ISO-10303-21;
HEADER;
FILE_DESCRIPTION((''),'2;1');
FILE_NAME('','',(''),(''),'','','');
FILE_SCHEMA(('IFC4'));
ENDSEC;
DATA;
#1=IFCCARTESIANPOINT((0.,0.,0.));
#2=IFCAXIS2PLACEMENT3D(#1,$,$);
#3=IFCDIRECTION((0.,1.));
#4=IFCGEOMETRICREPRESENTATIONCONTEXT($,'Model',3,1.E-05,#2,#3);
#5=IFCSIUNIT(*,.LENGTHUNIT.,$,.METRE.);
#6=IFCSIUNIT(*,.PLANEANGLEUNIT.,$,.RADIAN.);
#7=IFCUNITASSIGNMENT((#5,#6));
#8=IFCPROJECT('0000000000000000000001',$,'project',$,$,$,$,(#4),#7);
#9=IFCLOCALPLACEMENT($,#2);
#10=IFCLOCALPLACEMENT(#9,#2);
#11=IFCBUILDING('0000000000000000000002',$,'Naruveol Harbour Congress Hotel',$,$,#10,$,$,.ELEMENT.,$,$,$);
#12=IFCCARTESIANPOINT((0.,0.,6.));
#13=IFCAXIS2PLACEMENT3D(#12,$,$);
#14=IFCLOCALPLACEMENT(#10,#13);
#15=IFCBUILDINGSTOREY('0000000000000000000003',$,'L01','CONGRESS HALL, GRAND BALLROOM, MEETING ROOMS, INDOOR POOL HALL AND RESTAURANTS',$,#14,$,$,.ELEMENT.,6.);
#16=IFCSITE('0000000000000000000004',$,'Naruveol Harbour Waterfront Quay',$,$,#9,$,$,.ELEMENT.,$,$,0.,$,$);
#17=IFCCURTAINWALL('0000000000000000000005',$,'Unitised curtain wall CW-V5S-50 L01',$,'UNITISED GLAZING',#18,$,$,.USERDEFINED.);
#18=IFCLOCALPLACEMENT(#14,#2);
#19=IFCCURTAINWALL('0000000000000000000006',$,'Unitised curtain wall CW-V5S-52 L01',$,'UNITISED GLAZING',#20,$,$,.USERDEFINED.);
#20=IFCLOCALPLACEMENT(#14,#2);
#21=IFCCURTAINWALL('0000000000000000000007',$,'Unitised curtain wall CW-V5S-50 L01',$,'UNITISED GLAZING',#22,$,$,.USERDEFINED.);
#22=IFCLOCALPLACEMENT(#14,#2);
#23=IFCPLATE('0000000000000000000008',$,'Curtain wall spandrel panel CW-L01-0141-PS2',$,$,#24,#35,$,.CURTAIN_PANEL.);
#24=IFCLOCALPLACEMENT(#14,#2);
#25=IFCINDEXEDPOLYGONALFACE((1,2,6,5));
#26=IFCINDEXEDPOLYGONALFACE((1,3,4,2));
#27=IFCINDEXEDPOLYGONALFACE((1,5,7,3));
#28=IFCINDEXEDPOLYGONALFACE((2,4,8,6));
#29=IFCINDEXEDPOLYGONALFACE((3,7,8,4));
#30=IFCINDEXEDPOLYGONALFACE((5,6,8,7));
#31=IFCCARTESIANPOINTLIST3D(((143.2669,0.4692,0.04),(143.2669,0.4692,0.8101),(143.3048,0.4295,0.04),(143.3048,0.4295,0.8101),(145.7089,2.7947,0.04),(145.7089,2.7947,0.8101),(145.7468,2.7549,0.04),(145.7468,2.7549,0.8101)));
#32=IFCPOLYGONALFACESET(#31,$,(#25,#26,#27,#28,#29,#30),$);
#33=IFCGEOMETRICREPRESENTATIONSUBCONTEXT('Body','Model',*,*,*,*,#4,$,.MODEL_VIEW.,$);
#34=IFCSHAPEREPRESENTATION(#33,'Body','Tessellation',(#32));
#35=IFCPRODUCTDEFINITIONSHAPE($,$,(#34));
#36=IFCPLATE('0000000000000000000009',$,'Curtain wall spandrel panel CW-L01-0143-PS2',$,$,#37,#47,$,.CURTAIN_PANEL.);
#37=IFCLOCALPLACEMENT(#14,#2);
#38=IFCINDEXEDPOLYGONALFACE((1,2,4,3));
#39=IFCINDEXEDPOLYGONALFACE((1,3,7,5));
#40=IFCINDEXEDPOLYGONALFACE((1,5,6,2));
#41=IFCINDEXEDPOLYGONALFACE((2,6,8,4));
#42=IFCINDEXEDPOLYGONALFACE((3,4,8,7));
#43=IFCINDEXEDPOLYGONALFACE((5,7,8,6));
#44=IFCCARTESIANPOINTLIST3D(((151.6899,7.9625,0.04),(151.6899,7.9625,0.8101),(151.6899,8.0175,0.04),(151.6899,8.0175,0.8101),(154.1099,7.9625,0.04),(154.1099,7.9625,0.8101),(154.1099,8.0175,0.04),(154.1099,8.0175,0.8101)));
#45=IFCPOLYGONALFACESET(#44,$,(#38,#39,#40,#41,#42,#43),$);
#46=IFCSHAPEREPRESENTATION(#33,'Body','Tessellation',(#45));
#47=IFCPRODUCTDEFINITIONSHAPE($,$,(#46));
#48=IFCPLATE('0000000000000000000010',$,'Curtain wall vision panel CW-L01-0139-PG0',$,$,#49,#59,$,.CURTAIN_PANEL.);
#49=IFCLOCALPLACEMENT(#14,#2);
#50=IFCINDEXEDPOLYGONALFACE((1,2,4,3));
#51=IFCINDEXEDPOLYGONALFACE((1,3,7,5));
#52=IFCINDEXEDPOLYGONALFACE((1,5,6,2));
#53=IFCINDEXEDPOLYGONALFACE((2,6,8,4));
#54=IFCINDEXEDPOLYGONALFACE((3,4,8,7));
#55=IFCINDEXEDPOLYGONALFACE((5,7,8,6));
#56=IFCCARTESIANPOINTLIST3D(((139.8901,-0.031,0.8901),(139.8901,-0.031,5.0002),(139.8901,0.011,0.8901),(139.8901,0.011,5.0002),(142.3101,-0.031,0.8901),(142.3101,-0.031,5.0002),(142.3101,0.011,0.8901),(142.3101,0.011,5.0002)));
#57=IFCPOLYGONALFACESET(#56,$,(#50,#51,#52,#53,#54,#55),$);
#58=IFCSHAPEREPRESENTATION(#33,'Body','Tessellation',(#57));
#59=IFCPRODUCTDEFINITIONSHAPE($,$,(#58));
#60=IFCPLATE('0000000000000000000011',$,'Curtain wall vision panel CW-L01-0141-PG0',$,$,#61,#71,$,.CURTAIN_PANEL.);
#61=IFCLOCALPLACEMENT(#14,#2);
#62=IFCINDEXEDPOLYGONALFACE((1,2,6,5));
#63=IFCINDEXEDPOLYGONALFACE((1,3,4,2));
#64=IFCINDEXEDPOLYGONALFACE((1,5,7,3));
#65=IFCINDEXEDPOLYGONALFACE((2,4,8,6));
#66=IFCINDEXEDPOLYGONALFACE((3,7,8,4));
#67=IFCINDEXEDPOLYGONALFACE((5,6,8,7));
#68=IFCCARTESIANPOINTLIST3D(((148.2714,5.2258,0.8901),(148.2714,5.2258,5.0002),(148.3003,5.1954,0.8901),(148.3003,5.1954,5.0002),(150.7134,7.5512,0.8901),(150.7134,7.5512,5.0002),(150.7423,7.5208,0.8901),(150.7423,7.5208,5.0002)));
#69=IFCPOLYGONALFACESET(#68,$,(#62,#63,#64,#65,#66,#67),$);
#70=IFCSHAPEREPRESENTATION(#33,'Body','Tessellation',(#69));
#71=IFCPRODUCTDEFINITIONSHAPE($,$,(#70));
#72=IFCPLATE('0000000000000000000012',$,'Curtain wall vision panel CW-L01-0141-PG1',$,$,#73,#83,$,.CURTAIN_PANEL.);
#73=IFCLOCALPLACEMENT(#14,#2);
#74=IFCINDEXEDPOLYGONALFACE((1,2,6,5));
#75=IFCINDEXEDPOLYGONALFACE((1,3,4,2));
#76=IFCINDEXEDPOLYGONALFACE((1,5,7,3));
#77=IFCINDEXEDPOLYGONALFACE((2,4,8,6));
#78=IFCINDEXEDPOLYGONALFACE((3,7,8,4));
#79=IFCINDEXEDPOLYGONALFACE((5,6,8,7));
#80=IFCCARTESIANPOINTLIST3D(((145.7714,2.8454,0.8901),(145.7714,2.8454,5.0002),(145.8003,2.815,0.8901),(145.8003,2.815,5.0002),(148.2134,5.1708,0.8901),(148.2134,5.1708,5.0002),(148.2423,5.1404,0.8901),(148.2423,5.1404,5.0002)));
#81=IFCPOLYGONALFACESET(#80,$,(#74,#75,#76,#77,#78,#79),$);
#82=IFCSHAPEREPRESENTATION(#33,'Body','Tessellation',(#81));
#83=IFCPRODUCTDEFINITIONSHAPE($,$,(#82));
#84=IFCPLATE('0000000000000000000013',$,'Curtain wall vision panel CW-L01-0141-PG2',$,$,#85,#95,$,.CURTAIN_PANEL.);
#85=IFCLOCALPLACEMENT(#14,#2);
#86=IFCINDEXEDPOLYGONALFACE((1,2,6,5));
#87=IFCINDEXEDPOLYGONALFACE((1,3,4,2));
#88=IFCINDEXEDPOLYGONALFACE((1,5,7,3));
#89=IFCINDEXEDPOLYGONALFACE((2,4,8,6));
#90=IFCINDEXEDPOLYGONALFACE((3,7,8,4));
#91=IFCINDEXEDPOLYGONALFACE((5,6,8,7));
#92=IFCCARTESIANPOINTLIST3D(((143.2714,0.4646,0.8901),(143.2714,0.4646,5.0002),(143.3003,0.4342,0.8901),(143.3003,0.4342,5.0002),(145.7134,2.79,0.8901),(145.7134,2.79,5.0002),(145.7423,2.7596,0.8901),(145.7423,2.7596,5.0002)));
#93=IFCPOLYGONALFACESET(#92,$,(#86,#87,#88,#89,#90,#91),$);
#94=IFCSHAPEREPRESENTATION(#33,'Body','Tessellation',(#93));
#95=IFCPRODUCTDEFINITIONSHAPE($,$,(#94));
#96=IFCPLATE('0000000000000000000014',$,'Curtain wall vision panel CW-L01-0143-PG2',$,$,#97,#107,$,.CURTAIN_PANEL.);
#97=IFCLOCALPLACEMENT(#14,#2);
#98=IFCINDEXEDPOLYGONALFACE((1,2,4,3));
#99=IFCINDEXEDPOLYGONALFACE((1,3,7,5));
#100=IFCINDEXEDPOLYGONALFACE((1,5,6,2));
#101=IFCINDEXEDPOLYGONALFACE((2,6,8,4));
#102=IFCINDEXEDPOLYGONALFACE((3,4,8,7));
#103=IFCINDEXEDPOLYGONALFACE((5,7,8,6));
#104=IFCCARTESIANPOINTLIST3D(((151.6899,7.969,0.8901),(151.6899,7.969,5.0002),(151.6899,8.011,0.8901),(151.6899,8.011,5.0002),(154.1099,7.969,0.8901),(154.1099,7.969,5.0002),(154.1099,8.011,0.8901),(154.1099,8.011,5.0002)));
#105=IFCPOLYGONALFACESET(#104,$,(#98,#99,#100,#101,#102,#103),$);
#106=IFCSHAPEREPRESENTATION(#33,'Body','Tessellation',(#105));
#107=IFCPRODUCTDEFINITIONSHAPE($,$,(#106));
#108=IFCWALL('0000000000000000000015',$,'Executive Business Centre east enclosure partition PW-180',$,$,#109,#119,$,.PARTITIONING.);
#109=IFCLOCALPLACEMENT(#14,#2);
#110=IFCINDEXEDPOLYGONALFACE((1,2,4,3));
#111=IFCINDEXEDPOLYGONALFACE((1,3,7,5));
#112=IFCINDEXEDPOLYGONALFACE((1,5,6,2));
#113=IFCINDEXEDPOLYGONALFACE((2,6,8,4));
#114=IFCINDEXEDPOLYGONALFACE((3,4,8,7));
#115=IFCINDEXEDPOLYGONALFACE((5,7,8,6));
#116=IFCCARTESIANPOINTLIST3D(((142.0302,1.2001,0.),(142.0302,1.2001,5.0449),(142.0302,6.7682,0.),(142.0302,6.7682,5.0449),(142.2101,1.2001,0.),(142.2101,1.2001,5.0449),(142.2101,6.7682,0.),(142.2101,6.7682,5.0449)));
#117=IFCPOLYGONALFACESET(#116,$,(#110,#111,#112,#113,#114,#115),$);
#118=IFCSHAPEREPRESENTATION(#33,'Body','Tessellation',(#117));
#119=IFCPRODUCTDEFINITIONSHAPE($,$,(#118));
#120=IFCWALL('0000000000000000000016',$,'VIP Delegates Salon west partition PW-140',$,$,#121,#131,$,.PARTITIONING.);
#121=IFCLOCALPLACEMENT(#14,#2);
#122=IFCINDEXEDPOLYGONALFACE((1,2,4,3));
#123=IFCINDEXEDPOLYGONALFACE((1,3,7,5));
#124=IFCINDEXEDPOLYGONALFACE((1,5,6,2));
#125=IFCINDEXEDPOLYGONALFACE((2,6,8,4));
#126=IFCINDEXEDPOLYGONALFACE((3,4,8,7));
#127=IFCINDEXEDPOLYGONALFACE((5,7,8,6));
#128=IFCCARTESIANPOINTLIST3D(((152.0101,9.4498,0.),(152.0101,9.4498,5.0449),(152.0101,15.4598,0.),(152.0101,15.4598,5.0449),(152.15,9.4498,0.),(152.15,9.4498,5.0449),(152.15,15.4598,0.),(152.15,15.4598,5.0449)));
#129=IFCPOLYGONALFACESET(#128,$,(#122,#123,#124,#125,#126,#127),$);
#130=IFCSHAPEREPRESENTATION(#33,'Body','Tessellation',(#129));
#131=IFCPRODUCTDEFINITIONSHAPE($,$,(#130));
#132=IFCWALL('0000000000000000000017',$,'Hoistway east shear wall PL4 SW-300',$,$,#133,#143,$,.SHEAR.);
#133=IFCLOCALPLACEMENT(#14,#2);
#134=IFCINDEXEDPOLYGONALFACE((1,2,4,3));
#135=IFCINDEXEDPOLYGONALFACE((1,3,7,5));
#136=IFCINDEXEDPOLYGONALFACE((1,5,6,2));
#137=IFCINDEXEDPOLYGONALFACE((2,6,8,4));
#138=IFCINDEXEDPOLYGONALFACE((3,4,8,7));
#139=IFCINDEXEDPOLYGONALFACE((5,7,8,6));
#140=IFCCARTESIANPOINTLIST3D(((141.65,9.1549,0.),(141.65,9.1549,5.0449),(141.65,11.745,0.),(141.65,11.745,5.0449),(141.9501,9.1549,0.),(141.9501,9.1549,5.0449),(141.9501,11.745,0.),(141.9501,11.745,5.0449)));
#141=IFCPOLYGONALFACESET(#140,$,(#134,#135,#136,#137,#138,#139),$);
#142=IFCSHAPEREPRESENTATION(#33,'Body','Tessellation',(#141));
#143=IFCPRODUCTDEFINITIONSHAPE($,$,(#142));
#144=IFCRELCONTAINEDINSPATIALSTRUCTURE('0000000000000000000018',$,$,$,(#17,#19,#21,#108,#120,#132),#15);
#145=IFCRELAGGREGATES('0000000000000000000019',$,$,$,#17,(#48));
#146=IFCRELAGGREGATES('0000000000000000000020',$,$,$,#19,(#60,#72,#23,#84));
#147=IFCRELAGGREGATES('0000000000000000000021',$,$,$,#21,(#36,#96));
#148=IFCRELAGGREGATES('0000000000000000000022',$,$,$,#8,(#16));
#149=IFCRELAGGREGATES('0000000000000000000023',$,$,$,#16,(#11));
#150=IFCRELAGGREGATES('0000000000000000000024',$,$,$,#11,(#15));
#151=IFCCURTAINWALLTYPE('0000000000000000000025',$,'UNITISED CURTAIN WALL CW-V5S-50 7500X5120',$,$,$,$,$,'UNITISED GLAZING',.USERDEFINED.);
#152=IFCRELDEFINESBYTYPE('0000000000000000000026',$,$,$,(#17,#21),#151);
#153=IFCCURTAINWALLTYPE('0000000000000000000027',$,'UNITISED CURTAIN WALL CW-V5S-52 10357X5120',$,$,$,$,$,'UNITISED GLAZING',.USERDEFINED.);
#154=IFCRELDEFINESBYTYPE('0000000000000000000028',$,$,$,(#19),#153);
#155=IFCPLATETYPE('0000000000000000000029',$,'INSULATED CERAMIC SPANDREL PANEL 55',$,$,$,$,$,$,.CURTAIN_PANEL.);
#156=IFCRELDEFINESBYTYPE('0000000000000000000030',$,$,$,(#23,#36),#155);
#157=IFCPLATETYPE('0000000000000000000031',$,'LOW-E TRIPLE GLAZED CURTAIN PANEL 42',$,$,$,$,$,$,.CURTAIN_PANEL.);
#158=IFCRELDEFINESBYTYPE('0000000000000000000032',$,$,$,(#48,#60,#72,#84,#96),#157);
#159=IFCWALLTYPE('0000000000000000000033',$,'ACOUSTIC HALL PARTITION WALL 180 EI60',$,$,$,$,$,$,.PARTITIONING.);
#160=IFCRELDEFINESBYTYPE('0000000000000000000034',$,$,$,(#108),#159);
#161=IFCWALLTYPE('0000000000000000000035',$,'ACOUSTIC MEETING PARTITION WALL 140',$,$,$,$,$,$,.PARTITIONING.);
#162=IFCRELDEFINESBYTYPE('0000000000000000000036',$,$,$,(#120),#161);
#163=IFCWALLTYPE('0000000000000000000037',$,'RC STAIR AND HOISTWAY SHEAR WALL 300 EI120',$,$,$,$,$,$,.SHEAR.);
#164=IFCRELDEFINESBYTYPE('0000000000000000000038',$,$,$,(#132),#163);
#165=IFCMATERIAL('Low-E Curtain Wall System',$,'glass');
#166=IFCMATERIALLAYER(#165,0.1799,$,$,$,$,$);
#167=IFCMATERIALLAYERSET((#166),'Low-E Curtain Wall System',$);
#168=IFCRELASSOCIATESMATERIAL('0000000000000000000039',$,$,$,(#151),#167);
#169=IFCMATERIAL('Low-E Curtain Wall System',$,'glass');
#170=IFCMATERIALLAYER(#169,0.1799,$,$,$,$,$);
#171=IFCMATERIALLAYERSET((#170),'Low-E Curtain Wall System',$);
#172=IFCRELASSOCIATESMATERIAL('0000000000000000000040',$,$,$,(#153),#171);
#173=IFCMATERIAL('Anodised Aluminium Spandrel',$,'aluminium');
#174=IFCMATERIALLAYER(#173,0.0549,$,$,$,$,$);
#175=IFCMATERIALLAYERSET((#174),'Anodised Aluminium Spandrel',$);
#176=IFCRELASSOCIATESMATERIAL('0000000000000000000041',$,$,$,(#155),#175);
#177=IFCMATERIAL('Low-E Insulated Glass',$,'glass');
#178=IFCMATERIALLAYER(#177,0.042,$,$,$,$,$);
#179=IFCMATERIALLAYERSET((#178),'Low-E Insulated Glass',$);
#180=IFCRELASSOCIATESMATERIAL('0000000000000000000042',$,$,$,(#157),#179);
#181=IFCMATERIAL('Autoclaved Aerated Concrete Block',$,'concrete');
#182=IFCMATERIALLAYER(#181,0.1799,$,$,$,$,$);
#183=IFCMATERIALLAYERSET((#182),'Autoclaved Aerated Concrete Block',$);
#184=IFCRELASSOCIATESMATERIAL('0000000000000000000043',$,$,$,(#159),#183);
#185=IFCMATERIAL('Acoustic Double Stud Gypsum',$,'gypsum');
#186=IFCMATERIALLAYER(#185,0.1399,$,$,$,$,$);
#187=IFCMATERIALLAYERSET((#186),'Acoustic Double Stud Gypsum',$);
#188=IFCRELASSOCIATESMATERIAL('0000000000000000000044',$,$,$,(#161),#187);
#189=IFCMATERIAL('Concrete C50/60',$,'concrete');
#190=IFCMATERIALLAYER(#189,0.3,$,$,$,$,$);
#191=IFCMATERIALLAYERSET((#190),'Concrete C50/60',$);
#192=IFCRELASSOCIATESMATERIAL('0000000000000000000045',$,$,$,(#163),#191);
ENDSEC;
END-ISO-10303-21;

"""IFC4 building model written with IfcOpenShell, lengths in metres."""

from ifc_helpers import new_model, si_unit, direction, frame, frame_2d, origin, origin_2d, place, context, subcontext, project, spatial, rectangle, extrude, material, layer, layer_set, type_object, element, aggregate, save


model = new_model("IFC4")

# Units and contexts
model_context = context("Model", 3, precision=1e-05, world=origin(), true_north=direction((0.0, 1.0)))
body_context = subcontext(model_context, "Body", "Model", "MODEL_VIEW")
ifc_project = project(units=[si_unit("LENGTHUNIT", "METRE"), si_unit("PLANEANGLEUNIT", "RADIAN")], contexts=[model_context])

# Site, building, storey
site_placement = place(None, origin())
site = spatial("IfcSite", under=ifc_project, at=site_placement, Name="Naruveol Harbour Waterfront Quay", CompositionType="ELEMENT", RefElevation=0.0)
building_placement = place(site_placement, origin())
building = spatial("IfcBuilding", under=site, at=building_placement, Name="Naruveol Harbour Congress Hotel", CompositionType="ELEMENT")
storey_placement = place(building_placement, frame((0.0, 0.0, 6.0)))
storey = spatial("IfcBuildingStorey", under=building, at=storey_placement, Name="L01", Description="CONGRESS HALL, GRAND BALLROOM, MEETING ROOMS, INDOOR POOL HALL AND RESTAURANTS", CompositionType="ELEMENT", Elevation=6.0)

# Curtain wall
ifc_material_1 = material(Name="Low-E Curtain Wall System", Category="glass")
ifc_layer_1 = layer(ifc_material_1, 0.1799)
ifc_layer_set_1 = layer_set([ifc_layer_1], Name="Low-E Curtain Wall System")
curtain_wall_type_1 = type_object("IfcCurtainWallType", Name="UNITISED CURTAIN WALL CW-V5S-50 7500X5120", ElementType="UNITISED GLAZING", PredefinedType="USERDEFINED", material=ifc_layer_set_1)
curtain_wall_1_placement = place(storey_placement, origin())
curtain_wall_1 = element("IfcCurtainWall", 1, at=curtain_wall_1_placement, inside=storey, type_object=curtain_wall_type_1, Name="Unitised curtain wall CW-V5S-50 L01", ObjectType="UNITISED GLAZING", PredefinedType="USERDEFINED")

# Curtain wall
ifc_material_2 = material(Name="Low-E Curtain Wall System", Category="glass")
ifc_layer_2 = layer(ifc_material_2, 0.1799)
ifc_layer_set_2 = layer_set([ifc_layer_2], Name="Low-E Curtain Wall System")
curtain_wall_type_2 = type_object("IfcCurtainWallType", Name="UNITISED CURTAIN WALL CW-V5S-52 10357X5120", ElementType="UNITISED GLAZING", PredefinedType="USERDEFINED", material=ifc_layer_set_2)
curtain_wall_2_placement = place(storey_placement, origin())
curtain_wall_2 = element("IfcCurtainWall", 2, at=curtain_wall_2_placement, inside=storey, type_object=curtain_wall_type_2, Name="Unitised curtain wall CW-V5S-52 L01", ObjectType="UNITISED GLAZING", PredefinedType="USERDEFINED")

# Curtain wall
curtain_wall_3_placement = place(storey_placement, origin())
curtain_wall_3 = element("IfcCurtainWall", 3, at=curtain_wall_3_placement, inside=storey, type_object=curtain_wall_type_1, Name="Unitised curtain wall CW-V5S-50 L01", ObjectType="UNITISED GLAZING", PredefinedType="USERDEFINED")

# Plates
ifc_material_3 = material(Name="Anodised Aluminium Spandrel", Category="aluminium")
ifc_layer_3 = layer(ifc_material_3, 0.0549)
ifc_layer_set_3 = layer_set([ifc_layer_3], Name="Anodised Aluminium Spandrel")
plate_type_1 = type_object("IfcPlateType", Name="INSULATED CERAMIC SPANDREL PANEL 55", PredefinedType="CURTAIN_PANEL", material=ifc_layer_set_3)
plate_1_placement = place(storey_placement, frame((144.5068, 1.6121, 0.04), z_axis=(0.0, 0.0, 1.0), x_axis=(-0.724184, -0.689607, 0.0)))
plate_1 = element("IfcPlate", 4, at=plate_1_placement, type_object=plate_type_1, Name="Curtain wall spandrel panel CW-L01-0141-PS2", PredefinedType="CURTAIN_PANEL", context=body_context, shape_type="SweptSolid", body=[
    extrude(rectangle(XDim=3.3721, YDim=0.0549, at=origin_2d()), origin(), (0.0, 0.0, 1.0), 0.77),
])
plate_2_placement = place(storey_placement, frame((152.8999, 7.99, 0.04), z_axis=(0.0, 0.0, 1.0), x_axis=(-1.0, 0.0, 0.0)))
plate_2 = element("IfcPlate", 5, at=plate_2_placement, type_object=plate_type_1, Name="Curtain wall spandrel panel CW-L01-0143-PS2", PredefinedType="CURTAIN_PANEL", context=body_context, shape_type="SweptSolid", body=[
    extrude(rectangle(XDim=2.4199, YDim=0.0549, at=origin_2d()), origin(), (0.0, 0.0, 1.0), 0.77),
])
ifc_material_4 = material(Name="Low-E Insulated Glass", Category="glass")
ifc_layer_4 = layer(ifc_material_4, 0.042)
ifc_layer_set_4 = layer_set([ifc_layer_4], Name="Low-E Insulated Glass")
plate_type_2 = type_object("IfcPlateType", Name="LOW-E TRIPLE GLAZED CURTAIN PANEL 42", PredefinedType="CURTAIN_PANEL", material=ifc_layer_set_4)
plate_3_placement = place(storey_placement, frame((141.1001, -0.01, 0.8901), z_axis=(0.0, 0.0, 1.0), x_axis=(-1.0, 0.0, 0.0)))
plate_3 = element("IfcPlate", 6, at=plate_3_placement, type_object=plate_type_2, Name="Curtain wall vision panel CW-L01-0139-PG0", PredefinedType="CURTAIN_PANEL", context=body_context, shape_type="SweptSolid", body=[
    extrude(rectangle(XDim=2.4199, YDim=0.042, at=origin_2d()), origin(), (0.0, 0.0, 1.0), 4.1101),
])
aggregate(curtain_wall_1, [plate_3])
plate_4_placement = place(storey_placement, frame((149.5068, 6.3733, 0.8901), z_axis=(0.0, 0.0, 1.0), x_axis=(-0.724184, -0.689607, 0.0)))
plate_4 = element("IfcPlate", 7, at=plate_4_placement, type_object=plate_type_2, Name="Curtain wall vision panel CW-L01-0141-PG0", PredefinedType="CURTAIN_PANEL", context=body_context, shape_type="SweptSolid", body=[
    extrude(rectangle(XDim=3.3721, YDim=0.042, at=origin_2d()), origin(), (0.0, 0.0, 1.0), 4.1101),
])
plate_5_placement = place(storey_placement, frame((147.0068, 3.9929, 0.8901), z_axis=(0.0, 0.0, 1.0), x_axis=(-0.724184, -0.689607, 0.0)))
plate_5 = element("IfcPlate", 8, at=plate_5_placement, type_object=plate_type_2, Name="Curtain wall vision panel CW-L01-0141-PG1", PredefinedType="CURTAIN_PANEL", context=body_context, shape_type="SweptSolid", body=[
    extrude(rectangle(XDim=3.3721, YDim=0.042, at=origin_2d()), origin(), (0.0, 0.0, 1.0), 4.1101),
])
plate_6_placement = place(storey_placement, frame((144.5068, 1.6121, 0.8901), z_axis=(0.0, 0.0, 1.0), x_axis=(-0.724184, -0.689607, 0.0)))
plate_6 = element("IfcPlate", 9, at=plate_6_placement, type_object=plate_type_2, Name="Curtain wall vision panel CW-L01-0141-PG2", PredefinedType="CURTAIN_PANEL", context=body_context, shape_type="SweptSolid", body=[
    extrude(rectangle(XDim=3.3721, YDim=0.042, at=origin_2d()), origin(), (0.0, 0.0, 1.0), 4.1101),
])
aggregate(curtain_wall_2, [plate_4, plate_5, plate_1, plate_6])
plate_7_placement = place(storey_placement, frame((152.8999, 7.99, 0.8901), z_axis=(0.0, 0.0, 1.0), x_axis=(-1.0, 0.0, 0.0)))
plate_7 = element("IfcPlate", 10, at=plate_7_placement, type_object=plate_type_2, Name="Curtain wall vision panel CW-L01-0143-PG2", PredefinedType="CURTAIN_PANEL", context=body_context, shape_type="SweptSolid", body=[
    extrude(rectangle(XDim=2.4199, YDim=0.042, at=origin_2d()), origin(), (0.0, 0.0, 1.0), 4.1101),
])
aggregate(curtain_wall_3, [plate_2, plate_7])

# Walls
ifc_material_5 = material(Name="Autoclaved Aerated Concrete Block", Category="concrete")
ifc_layer_5 = layer(ifc_material_5, 0.1799)
ifc_layer_set_5 = layer_set([ifc_layer_5], Name="Autoclaved Aerated Concrete Block")
wall_type_1 = type_object("IfcWallType", Name="ACOUSTIC HALL PARTITION WALL 180 EI60", PredefinedType="PARTITIONING", material=ifc_layer_set_5)
wall_1_placement = place(storey_placement, frame((142.1201, 1.2, 0.0), z_axis=(0.0, 0.0, 1.0), x_axis=(0.0, 1.0, 0.0)))
element("IfcWall", 11, at=wall_1_placement, inside=storey, type_object=wall_type_1, Name="Executive Business Centre east enclosure partition PW-180", PredefinedType="PARTITIONING", context=body_context, shape_type="SweptSolid", body=[
    extrude(rectangle(XDim=5.5681, YDim=0.1799, at=frame_2d((2.7842, 0.0))), origin(), (0.0, 0.0, 1.0), 5.0449),
])
ifc_material_6 = material(Name="Acoustic Double Stud Gypsum", Category="gypsum")
ifc_layer_6 = layer(ifc_material_6, 0.1399)
ifc_layer_set_6 = layer_set([ifc_layer_6], Name="Acoustic Double Stud Gypsum")
wall_type_2 = type_object("IfcWallType", Name="ACOUSTIC MEETING PARTITION WALL 140", PredefinedType="PARTITIONING", material=ifc_layer_set_6)
wall_2_placement = place(storey_placement, frame((152.0801, 9.45, 0.0), z_axis=(0.0, 0.0, 1.0), x_axis=(0.0, 1.0, 0.0)))
element("IfcWall", 12, at=wall_2_placement, inside=storey, type_object=wall_type_2, Name="VIP Delegates Salon west partition PW-140", PredefinedType="PARTITIONING", context=body_context, shape_type="SweptSolid", body=[
    extrude(rectangle(XDim=6.01, YDim=0.1399, at=frame_2d((3.0049, 0.0))), origin(), (0.0, 0.0, 1.0), 5.0449),
])
ifc_material_7 = material(Name="Concrete C50/60", Category="concrete")
ifc_layer_7 = layer(ifc_material_7, 0.3)
ifc_layer_set_7 = layer_set([ifc_layer_7], Name="Concrete C50/60")
wall_type_3 = type_object("IfcWallType", Name="RC STAIR AND HOISTWAY SHEAR WALL 300 EI120", PredefinedType="SHEAR", material=ifc_layer_set_7)
wall_3_placement = place(storey_placement, frame((141.8, 9.155, 0.0), z_axis=(0.0, 0.0, 1.0), x_axis=(0.0, 1.0, 0.0)))
element("IfcWall", 13, at=wall_3_placement, inside=storey, type_object=wall_type_3, Name="Hoistway east shear wall PL4 SW-300", PredefinedType="SHEAR", context=body_context, shape_type="SweptSolid", body=[
    extrude(rectangle(XDim=2.5901, YDim=0.3, at=frame_2d((1.2949, 0.0))), origin(), (0.0, 0.0, 1.0), 5.0449),
])

save(model, "model.ifc")
